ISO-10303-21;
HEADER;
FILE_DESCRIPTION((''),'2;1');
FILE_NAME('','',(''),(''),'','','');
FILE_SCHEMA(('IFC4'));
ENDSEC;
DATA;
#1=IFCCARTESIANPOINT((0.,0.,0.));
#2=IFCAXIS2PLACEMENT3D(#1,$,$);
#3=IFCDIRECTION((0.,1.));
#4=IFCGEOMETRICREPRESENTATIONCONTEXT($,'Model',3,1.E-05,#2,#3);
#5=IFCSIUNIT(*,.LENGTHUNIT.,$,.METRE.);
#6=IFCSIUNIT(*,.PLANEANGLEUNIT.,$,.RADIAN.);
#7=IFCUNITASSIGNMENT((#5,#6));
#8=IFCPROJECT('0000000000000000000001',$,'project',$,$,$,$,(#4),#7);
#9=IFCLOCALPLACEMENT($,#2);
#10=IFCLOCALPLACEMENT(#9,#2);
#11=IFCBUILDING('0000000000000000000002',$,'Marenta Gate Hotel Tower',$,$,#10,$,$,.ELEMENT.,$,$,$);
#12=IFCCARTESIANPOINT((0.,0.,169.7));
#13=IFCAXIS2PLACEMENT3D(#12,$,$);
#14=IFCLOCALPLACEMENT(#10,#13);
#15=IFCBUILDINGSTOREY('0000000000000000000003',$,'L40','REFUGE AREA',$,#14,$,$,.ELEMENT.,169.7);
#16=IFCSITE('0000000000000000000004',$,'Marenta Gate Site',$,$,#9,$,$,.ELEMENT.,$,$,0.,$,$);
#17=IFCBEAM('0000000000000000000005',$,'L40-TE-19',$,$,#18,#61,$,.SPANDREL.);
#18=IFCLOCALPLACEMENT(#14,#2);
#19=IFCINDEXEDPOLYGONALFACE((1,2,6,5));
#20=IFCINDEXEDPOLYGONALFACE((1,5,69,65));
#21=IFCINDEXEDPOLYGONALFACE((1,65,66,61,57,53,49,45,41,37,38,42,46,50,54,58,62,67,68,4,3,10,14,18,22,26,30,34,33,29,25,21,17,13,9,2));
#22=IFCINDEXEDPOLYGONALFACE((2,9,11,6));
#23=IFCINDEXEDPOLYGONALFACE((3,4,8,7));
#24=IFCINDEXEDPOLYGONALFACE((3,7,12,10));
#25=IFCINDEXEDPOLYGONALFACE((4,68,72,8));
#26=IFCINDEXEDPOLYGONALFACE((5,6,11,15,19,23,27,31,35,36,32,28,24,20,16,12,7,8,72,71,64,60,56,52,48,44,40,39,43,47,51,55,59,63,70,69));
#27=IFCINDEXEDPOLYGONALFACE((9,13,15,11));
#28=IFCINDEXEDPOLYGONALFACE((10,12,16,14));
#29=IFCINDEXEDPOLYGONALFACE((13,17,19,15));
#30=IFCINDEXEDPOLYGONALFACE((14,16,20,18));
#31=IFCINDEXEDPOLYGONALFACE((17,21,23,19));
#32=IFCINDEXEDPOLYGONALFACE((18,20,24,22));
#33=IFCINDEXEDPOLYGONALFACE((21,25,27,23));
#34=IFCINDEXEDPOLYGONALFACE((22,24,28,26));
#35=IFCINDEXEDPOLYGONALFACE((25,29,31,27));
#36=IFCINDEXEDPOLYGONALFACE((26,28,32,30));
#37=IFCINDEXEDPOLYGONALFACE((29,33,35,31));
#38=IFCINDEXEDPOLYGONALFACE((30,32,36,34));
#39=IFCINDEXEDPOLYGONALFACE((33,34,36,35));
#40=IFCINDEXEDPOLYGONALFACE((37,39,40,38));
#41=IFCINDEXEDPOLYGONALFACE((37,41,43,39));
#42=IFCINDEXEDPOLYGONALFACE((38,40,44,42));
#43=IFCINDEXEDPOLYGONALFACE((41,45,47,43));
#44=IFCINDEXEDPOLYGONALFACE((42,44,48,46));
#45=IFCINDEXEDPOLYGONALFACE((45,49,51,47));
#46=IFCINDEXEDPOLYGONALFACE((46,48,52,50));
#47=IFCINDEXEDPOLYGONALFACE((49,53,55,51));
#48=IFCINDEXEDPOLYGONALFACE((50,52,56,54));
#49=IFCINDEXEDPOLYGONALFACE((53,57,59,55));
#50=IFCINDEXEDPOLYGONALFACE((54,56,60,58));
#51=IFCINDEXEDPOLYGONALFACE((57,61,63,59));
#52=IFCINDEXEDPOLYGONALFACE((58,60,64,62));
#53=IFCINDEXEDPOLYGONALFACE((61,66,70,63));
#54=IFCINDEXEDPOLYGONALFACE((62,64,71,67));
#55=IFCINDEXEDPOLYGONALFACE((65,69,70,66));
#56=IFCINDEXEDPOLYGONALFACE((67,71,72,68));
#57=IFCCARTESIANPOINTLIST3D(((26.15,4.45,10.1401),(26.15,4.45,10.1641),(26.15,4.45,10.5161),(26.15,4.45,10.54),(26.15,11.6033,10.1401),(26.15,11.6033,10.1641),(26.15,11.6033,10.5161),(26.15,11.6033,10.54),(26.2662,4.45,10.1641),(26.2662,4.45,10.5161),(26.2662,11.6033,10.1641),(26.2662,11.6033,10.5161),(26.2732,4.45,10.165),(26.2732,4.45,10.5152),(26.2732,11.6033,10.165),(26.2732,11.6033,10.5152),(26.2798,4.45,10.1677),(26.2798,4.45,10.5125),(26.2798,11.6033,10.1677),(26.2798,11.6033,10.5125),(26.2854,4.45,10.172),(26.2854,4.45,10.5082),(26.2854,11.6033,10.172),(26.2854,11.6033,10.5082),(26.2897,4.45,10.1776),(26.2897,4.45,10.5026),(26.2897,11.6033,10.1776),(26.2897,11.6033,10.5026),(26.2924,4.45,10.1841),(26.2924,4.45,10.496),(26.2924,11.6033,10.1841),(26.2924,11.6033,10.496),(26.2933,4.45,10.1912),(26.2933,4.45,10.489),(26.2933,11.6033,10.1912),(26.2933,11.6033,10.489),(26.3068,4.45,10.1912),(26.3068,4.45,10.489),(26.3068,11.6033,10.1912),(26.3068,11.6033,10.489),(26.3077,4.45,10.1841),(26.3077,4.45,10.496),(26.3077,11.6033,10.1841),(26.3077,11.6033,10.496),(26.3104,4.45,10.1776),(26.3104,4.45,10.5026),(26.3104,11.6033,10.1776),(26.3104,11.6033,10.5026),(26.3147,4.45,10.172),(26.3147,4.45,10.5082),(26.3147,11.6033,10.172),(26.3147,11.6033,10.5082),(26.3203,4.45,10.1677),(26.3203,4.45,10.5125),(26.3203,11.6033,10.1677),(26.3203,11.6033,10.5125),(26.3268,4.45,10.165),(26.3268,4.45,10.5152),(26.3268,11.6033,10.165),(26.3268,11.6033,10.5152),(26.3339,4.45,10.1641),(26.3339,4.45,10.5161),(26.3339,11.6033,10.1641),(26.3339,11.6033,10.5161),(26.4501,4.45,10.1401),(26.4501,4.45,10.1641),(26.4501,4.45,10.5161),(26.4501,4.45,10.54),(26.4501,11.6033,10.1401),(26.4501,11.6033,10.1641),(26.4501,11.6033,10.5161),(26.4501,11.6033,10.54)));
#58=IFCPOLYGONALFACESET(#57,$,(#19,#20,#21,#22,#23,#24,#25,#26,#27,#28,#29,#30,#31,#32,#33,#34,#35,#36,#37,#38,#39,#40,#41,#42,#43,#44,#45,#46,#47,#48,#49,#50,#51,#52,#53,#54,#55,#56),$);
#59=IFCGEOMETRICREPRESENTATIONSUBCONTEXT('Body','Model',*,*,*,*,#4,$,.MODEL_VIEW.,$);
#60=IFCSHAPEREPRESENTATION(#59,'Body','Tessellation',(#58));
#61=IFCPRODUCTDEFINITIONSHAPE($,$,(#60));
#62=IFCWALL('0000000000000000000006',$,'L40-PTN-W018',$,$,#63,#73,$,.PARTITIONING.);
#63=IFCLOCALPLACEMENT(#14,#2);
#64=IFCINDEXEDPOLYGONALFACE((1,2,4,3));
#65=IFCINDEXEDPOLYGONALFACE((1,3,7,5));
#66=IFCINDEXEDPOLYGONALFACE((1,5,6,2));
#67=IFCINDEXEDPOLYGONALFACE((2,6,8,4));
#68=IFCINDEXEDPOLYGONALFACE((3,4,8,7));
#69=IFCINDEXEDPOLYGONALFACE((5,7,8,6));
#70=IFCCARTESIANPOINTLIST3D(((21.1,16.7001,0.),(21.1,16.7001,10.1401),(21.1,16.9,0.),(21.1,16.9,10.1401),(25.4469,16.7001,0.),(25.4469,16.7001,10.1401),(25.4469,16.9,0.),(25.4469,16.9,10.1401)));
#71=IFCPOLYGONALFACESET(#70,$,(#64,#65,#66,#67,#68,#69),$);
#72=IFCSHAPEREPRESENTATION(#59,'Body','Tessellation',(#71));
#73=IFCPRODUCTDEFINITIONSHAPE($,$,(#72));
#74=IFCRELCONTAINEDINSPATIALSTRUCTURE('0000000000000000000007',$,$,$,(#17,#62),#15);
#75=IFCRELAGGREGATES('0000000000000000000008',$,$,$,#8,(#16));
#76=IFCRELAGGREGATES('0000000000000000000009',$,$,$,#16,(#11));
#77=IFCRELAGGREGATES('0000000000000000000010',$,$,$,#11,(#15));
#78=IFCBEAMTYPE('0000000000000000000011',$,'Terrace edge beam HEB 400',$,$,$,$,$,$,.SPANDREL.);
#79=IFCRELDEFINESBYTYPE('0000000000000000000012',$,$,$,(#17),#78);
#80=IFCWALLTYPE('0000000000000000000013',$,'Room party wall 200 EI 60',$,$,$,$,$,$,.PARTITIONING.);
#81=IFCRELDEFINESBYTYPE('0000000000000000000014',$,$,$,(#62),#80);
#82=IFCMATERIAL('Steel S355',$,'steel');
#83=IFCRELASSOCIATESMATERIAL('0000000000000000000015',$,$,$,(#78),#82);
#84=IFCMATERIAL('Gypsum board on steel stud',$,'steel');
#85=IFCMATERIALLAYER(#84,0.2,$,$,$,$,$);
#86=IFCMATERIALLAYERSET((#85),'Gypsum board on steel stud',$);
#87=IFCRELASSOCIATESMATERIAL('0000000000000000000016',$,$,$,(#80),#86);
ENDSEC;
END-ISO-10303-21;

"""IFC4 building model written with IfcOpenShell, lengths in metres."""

from ifc_helpers import new_model, si_unit, direction, frame, frame_2d, origin, origin_2d, place, context, subcontext, project, spatial, rectangle, i_section, extrude, material, layer, layer_set, material_profile, profile_set, type_object, element, save


model = new_model("IFC4")

# Units and contexts
model_context = context("Model", 3, precision=1e-05, world=origin(), true_north=direction((0.0, 1.0)))
body_context = subcontext(model_context, "Body", "Model", "MODEL_VIEW")
ifc_project = project(units=[si_unit("LENGTHUNIT", "METRE"), si_unit("PLANEANGLEUNIT", "RADIAN")], contexts=[model_context])

# Site, building, storey
site_placement = place(None, origin())
site = spatial("IfcSite", under=ifc_project, at=site_placement, Name="Marenta Gate Site", CompositionType="ELEMENT", RefElevation=0.0)
building_placement = place(site_placement, origin())
building = spatial("IfcBuilding", under=site, at=building_placement, Name="Marenta Gate Hotel Tower", CompositionType="ELEMENT")
storey_placement = place(building_placement, frame((0.0, 0.0, 169.7)))
storey = spatial("IfcBuildingStorey", under=building, at=storey_placement, Name="L40", Description="REFUGE AREA", CompositionType="ELEMENT", Elevation=169.7)

# Beam
ifc_material_1 = material(Name="Steel S355", Category="steel")
ifc_material_profile_1 = material_profile(ifc_material_1, i_section(OverallWidth=0.3, OverallDepth=0.3999, WebThickness=0.0134, FlangeThickness=0.0239, FilletRadius=0.0271, at=origin_2d()), Name="HEB 400")
ifc_profile_set_1 = profile_set([ifc_material_profile_1], Name="Steel S355")
beam_type_1 = type_object("IfcBeamType", Name="Terrace edge beam HEB 400", PredefinedType="SPANDREL", material=ifc_profile_set_1)
beam_1_placement = place(storey_placement, frame((26.3, 11.6033, 10.3401), z_axis=(0.0, -1.0, 0.0), x_axis=(1.0, 0.0, 0.0)))
element("IfcBeam", 1, at=beam_1_placement, inside=storey, type_object=beam_type_1, Name="L40-TE-19", PredefinedType="SPANDREL", context=body_context, shape_type="SweptSolid", body=[
    extrude(i_section(OverallWidth=0.3, OverallDepth=0.3999, WebThickness=0.0134, FlangeThickness=0.0239, FilletRadius=0.0271, at=origin_2d()), origin(), (0.0, 0.0, 1.0), 7.1533),
])

# Wall
ifc_material_2 = material(Name="Gypsum board on steel stud", Category="steel")
ifc_layer = layer(ifc_material_2, 0.2)
ifc_layer_set = layer_set([ifc_layer], Name="Gypsum board on steel stud")
wall_type = type_object("IfcWallType", Name="Room party wall 200 EI 60", PredefinedType="PARTITIONING", material=ifc_layer_set)
wall_placement = place(storey_placement, frame((21.1001, 16.8, 0.0), z_axis=(0.0, 0.0, 1.0), x_axis=(1.0, 0.0, 0.0)))
element("IfcWall", 2, at=wall_placement, inside=storey, type_object=wall_type, Name="L40-PTN-W018", PredefinedType="PARTITIONING", context=body_context, shape_type="SweptSolid", body=[
    extrude(rectangle(XDim=4.3469, YDim=0.2, at=frame_2d((2.1733, 0.0))), origin(), (0.0, 0.0, 1.0), 10.1401),
])

save(model, "model.ifc")
